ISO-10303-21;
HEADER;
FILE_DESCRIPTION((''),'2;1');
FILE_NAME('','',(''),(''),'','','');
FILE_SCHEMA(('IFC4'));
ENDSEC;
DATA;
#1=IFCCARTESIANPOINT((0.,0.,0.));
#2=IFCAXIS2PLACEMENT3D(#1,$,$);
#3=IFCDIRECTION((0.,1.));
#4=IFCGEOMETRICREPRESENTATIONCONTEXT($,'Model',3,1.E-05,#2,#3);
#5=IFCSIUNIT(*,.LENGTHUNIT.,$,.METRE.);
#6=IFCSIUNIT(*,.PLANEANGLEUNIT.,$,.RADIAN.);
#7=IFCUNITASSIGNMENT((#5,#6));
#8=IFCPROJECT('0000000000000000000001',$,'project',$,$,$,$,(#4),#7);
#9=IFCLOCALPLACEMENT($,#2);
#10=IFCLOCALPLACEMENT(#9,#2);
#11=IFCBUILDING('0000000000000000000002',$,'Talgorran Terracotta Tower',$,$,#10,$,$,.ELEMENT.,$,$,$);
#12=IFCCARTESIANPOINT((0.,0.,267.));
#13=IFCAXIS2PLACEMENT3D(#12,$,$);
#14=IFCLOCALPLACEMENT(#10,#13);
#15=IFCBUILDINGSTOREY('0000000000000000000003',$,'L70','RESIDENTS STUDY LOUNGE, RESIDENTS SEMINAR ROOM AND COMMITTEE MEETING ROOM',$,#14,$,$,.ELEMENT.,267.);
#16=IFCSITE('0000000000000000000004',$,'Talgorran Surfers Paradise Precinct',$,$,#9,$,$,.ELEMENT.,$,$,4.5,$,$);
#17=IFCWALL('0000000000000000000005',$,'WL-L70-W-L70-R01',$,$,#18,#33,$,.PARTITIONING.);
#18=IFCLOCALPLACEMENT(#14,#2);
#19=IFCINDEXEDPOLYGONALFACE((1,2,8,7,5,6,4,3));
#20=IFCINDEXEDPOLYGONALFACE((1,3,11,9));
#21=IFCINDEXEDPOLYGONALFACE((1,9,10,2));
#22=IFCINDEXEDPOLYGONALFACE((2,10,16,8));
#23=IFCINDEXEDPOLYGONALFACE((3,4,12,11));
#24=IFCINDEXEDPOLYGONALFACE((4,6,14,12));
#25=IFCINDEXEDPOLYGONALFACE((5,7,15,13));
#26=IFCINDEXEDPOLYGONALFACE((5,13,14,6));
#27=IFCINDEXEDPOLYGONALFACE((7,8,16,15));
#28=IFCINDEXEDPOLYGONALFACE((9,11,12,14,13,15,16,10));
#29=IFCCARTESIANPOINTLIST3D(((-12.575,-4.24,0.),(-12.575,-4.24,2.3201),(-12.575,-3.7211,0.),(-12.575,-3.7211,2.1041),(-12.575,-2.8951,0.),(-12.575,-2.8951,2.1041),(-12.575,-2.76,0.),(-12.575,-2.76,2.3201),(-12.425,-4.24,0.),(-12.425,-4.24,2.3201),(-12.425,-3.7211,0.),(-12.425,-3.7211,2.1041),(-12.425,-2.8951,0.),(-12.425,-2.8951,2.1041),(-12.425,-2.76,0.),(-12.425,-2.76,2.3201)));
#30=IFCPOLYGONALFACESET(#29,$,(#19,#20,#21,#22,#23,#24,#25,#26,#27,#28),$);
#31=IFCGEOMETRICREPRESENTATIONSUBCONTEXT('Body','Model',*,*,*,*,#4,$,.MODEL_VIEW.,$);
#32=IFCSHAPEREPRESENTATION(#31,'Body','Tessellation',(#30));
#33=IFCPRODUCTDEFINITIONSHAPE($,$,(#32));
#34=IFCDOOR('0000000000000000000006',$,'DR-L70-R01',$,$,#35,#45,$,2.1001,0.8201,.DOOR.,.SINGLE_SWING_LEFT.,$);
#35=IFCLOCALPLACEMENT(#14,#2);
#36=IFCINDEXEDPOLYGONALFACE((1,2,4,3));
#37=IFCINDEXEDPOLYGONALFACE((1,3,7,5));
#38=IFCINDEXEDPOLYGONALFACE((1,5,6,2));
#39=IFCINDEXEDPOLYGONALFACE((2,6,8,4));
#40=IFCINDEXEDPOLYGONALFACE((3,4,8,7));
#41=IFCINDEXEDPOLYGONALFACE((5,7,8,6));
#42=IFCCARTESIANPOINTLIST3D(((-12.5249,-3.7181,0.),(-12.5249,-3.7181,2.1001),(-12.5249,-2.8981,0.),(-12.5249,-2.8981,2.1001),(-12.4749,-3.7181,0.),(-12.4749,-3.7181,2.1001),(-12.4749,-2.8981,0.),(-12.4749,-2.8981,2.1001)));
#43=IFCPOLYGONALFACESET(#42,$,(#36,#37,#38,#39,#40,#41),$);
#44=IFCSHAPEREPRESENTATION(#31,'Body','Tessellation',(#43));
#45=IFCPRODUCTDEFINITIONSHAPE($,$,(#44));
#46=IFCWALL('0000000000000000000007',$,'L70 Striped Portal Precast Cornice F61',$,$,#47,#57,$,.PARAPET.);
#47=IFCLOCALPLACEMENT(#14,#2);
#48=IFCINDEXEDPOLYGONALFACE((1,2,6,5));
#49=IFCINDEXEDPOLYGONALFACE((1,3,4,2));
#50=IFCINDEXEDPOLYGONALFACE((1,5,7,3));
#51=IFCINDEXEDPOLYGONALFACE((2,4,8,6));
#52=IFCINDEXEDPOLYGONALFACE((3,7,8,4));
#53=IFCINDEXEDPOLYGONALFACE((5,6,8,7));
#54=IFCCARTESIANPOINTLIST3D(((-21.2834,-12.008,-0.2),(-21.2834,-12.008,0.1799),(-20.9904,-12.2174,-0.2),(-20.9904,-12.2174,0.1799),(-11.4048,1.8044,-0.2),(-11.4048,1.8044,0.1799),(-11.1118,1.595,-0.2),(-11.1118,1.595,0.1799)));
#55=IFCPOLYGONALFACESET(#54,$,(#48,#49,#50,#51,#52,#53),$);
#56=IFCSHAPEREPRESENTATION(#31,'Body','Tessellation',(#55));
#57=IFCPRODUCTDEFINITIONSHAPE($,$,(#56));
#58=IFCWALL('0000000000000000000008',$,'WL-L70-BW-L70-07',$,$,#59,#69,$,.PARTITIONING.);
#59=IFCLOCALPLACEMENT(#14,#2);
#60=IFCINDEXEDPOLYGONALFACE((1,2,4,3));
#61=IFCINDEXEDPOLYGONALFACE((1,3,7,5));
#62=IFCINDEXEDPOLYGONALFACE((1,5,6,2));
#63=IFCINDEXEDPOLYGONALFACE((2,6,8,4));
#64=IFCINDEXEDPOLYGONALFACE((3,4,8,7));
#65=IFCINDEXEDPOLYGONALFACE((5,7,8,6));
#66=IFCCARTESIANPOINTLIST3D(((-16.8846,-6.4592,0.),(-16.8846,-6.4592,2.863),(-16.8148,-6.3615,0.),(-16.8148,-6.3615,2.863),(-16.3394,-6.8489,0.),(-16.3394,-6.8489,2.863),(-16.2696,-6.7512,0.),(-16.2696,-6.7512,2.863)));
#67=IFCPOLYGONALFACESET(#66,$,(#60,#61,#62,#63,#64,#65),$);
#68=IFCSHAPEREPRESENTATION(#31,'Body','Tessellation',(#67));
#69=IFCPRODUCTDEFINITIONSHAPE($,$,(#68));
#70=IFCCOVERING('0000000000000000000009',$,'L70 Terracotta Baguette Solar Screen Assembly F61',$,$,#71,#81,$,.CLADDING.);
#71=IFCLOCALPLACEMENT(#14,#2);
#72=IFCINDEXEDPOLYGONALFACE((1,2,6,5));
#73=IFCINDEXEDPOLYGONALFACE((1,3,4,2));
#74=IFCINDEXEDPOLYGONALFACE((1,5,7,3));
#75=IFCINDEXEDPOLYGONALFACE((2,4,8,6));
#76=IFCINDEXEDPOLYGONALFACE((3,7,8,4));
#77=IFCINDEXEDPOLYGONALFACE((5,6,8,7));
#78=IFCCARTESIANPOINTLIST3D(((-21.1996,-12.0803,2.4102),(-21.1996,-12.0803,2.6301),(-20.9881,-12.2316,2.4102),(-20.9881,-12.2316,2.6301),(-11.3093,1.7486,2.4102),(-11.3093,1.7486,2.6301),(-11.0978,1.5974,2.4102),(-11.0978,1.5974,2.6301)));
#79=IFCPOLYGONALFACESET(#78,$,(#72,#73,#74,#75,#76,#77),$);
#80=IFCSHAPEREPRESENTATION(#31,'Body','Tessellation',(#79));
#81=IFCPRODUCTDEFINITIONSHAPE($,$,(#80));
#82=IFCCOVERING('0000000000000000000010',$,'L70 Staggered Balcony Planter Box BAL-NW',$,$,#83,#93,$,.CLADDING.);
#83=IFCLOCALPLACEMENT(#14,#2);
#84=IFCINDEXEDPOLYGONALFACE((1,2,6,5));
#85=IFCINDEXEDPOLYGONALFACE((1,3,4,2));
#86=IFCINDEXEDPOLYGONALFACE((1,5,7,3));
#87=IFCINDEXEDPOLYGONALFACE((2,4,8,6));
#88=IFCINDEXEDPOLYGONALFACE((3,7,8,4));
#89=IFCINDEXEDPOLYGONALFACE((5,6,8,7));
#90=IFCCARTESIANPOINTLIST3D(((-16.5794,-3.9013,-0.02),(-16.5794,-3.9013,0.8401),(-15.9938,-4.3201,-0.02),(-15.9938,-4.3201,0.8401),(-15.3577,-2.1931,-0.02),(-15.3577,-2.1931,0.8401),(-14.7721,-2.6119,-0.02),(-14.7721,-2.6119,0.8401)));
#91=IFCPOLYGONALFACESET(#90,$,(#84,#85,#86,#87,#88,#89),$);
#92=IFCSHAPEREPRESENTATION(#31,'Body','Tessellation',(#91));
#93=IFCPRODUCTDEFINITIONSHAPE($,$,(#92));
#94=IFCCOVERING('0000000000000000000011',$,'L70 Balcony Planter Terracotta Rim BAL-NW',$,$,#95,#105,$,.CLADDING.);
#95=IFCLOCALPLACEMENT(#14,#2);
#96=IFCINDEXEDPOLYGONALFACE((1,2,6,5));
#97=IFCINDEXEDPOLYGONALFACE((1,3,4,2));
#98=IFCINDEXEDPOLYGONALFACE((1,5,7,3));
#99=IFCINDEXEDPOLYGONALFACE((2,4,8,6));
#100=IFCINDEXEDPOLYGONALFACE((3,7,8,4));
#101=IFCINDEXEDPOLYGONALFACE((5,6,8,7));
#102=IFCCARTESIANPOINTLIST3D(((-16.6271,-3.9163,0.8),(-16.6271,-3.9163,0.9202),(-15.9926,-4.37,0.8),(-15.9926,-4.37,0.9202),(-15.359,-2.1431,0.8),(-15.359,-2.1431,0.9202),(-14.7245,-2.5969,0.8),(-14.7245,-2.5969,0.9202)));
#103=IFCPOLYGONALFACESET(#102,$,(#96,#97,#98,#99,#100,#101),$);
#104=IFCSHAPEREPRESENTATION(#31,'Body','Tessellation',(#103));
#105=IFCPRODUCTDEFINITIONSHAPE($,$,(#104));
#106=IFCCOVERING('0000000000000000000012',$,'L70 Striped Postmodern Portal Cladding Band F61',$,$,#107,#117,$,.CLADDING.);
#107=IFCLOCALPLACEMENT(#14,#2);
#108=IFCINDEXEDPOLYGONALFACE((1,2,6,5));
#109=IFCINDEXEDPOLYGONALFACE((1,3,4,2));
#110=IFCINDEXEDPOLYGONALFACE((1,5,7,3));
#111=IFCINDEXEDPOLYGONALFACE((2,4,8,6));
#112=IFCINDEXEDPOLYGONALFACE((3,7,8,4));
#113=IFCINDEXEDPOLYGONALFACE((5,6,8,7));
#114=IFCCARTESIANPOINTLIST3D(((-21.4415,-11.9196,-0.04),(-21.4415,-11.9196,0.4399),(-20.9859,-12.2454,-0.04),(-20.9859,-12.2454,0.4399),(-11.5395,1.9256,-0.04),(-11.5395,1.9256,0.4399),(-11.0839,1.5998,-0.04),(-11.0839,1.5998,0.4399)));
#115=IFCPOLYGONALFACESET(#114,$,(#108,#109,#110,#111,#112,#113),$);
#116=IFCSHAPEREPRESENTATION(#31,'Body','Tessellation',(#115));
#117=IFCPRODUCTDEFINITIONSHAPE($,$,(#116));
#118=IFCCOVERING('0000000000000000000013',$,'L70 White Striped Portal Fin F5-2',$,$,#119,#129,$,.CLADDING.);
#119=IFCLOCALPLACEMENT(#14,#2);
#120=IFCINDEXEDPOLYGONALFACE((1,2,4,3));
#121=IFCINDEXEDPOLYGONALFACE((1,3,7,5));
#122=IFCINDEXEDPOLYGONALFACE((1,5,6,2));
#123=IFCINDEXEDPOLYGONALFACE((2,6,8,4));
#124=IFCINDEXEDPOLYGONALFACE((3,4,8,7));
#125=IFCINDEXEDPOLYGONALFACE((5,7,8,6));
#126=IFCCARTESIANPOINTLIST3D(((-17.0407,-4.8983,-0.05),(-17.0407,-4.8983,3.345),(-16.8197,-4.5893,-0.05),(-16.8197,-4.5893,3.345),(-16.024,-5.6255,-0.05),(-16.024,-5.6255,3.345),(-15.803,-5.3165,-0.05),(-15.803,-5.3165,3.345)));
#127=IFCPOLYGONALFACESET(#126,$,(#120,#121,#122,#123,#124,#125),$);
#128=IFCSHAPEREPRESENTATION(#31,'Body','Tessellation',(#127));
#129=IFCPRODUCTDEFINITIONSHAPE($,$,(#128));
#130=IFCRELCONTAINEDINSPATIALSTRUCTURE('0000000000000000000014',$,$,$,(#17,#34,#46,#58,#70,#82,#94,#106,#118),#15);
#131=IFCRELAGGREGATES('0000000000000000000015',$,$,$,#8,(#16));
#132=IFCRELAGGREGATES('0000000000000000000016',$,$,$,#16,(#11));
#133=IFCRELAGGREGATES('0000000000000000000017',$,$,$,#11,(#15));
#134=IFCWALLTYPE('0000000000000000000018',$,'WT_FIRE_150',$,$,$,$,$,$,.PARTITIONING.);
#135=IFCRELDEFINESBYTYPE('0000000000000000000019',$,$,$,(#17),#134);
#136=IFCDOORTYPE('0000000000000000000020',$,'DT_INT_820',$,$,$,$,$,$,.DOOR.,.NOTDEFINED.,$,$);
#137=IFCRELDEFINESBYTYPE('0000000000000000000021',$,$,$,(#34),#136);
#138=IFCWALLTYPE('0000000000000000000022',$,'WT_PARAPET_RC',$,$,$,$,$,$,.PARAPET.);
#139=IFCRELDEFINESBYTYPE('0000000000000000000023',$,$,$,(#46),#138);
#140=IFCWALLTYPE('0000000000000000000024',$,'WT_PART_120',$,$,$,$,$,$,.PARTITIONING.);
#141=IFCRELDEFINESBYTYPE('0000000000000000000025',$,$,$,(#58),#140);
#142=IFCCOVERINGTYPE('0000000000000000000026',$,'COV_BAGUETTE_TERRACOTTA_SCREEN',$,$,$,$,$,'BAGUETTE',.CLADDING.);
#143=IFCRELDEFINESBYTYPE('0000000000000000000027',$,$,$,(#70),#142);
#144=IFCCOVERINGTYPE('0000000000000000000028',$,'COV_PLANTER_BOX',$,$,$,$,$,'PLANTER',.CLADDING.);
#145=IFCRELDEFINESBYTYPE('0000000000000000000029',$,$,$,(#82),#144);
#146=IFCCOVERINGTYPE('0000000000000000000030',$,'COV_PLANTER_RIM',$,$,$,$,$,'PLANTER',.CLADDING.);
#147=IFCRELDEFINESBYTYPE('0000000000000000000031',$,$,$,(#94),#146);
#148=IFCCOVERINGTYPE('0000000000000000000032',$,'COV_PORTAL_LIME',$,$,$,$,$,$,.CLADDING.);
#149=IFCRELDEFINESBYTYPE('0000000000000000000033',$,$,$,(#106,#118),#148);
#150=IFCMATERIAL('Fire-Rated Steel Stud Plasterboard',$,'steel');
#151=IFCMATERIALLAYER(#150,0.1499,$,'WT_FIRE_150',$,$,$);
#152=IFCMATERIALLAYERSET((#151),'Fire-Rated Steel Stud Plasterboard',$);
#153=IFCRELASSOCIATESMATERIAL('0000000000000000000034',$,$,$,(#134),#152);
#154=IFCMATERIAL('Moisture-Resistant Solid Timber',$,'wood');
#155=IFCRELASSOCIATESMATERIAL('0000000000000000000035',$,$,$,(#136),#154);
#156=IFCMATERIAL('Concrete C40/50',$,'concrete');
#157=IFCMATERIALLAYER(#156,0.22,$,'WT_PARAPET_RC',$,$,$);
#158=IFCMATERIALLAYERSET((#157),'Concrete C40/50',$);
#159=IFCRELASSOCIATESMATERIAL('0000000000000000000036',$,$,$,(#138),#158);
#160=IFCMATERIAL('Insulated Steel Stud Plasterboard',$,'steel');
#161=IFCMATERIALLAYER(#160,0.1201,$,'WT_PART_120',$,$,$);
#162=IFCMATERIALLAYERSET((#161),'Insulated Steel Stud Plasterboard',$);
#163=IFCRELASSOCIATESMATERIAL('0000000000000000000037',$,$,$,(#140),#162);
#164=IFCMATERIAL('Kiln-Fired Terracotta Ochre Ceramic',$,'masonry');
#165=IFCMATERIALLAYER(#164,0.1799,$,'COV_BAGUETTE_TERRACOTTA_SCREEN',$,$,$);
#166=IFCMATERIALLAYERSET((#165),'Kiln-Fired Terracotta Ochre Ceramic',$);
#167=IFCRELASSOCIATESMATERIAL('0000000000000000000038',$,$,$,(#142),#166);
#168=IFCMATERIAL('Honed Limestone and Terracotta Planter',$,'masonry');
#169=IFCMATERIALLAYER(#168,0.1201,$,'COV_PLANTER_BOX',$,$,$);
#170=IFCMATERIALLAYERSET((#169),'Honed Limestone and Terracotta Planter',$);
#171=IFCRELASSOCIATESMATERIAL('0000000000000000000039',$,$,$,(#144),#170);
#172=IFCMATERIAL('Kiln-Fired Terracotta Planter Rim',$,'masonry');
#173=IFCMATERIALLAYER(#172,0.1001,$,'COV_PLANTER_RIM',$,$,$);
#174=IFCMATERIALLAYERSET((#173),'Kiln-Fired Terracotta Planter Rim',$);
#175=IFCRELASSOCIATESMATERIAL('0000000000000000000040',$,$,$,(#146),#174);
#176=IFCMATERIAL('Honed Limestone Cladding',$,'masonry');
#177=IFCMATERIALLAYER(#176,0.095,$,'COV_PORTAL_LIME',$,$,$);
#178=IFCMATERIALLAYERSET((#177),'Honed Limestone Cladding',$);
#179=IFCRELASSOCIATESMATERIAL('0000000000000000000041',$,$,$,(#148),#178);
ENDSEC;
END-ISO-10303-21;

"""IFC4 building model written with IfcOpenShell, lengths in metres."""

from ifc_helpers import new_model, si_unit, direction, frame, frame_2d, origin, origin_2d, place, context, subcontext, project, spatial, rectangle, extrude, material, layer, layer_set, type_object, element, fill, save


model = new_model("IFC4")

# Units and contexts
model_context = context("Model", 3, precision=1e-05, world=origin(), true_north=direction((0.0, 1.0)))
body_context = subcontext(model_context, "Body", "Model", "MODEL_VIEW")
ifc_project = project(units=[si_unit("LENGTHUNIT", "METRE"), si_unit("PLANEANGLEUNIT", "RADIAN")], contexts=[model_context])

# Site, building, storey
site_placement = place(None, origin())
site = spatial("IfcSite", under=ifc_project, at=site_placement, Name="Talgorran Surfers Paradise Precinct", CompositionType="ELEMENT", RefElevation=4.5)
building_placement = place(site_placement, origin())
building = spatial("IfcBuilding", under=site, at=building_placement, Name="Talgorran Terracotta Tower", CompositionType="ELEMENT")
storey_placement = place(building_placement, frame((0.0, 0.0, 267.0)))
storey = spatial("IfcBuildingStorey", under=building, at=storey_placement, Name="L70", Description="RESIDENTS STUDY LOUNGE, RESIDENTS SEMINAR ROOM AND COMMITTEE MEETING ROOM", CompositionType="ELEMENT", Elevation=267.0)

# Wall, opening, door
ifc_material_1 = material(Name="Fire-Rated Steel Stud Plasterboard", Category="steel")
ifc_layer_1 = layer(ifc_material_1, 0.1499, Name="WT_FIRE_150")
ifc_layer_set_1 = layer_set([ifc_layer_1], Name="Fire-Rated Steel Stud Plasterboard")
wall_type_1 = type_object("IfcWallType", Name="WT_FIRE_150", PredefinedType="PARTITIONING", material=ifc_layer_set_1)
wall_1_placement = place(storey_placement, frame((-12.5, -4.24, 0.0), z_axis=(0.0, 0.0, 1.0), x_axis=(0.0, 1.0, 0.0)))
wall_1 = element("IfcWall", 1, at=wall_1_placement, inside=storey, type_object=wall_type_1, Name="WL-L70-W-L70-R01", PredefinedType="PARTITIONING", context=body_context, shape_type="SweptSolid", body=[
    extrude(rectangle(XDim=1.48, YDim=0.1499, at=frame_2d((0.74, 0.0))), origin(), (0.0, 0.0, 1.0), 2.3201),
])
opening_1_placement = place(wall_1_placement, frame((0.5217, 0.0, 0.0)))
opening_1 = element("IfcOpeningElement", 2, at=opening_1_placement, cuts=wall_1, PredefinedType="OPENING", context=body_context, shape_type="SweptSolid", body=[
    extrude(rectangle(XDim=0.8261, YDim=2.1041, at=frame_2d((0.4102, 1.052))), frame((0.0, 0.085, 0.0), z_axis=(0.0, -1.0, 0.0), x_axis=(1.0, 0.0, 0.0)), (0.0, 0.0, 1.0), 0.1699),
])
ifc_material_2 = material(Name="Moisture-Resistant Solid Timber", Category="wood")
door_type_1 = type_object("IfcDoorType", Name="DT_INT_820", OperationType="NOTDEFINED", PredefinedType="DOOR", material=ifc_material_2)
door_1_placement = place(opening_1_placement, origin())
door_1 = element("IfcDoor", 3, at=door_1_placement, inside=storey, type_object=door_type_1, Name="DR-L70-R01", OperationType="SINGLE_SWING_LEFT", OverallHeight=2.1001, OverallWidth=0.8201, PredefinedType="DOOR", context=body_context, shape_type="SweptSolid", body=[
    extrude(rectangle(XDim=0.8201, YDim=2.1001, at=frame_2d((0.4102, 1.05))), frame((0.0, 0.0249, 0.0), z_axis=(0.0, -1.0, 0.0), x_axis=(1.0, 0.0, 0.0)), (0.0, 0.0, 1.0), 0.05),
])
fill(opening_1, door_1)

# Walls
ifc_material_3 = material(Name="Concrete C40/50", Category="concrete")
ifc_layer_2 = layer(ifc_material_3, 0.22, Name="WT_PARAPET_RC")
ifc_layer_set_2 = layer_set([ifc_layer_2], Name="Concrete C40/50")
wall_type_2 = type_object("IfcWallType", Name="WT_PARAPET_RC", PredefinedType="PARAPET", material=ifc_layer_set_2)
wall_2_placement = place(storey_placement, frame((-11.2583, 1.6997, -0.2), z_axis=(0.0, 0.0, 1.0), x_axis=(-0.581729, -0.813383, 0.0)))
element("IfcWall", 4, at=wall_2_placement, inside=storey, type_object=wall_type_2, Name="L70 Striped Portal Precast Cornice F61", PredefinedType="PARAPET", context=body_context, shape_type="SweptSolid", body=[
    extrude(rectangle(XDim=16.9814, YDim=0.3601, at=frame_2d((8.4907, 0.0))), origin(), (0.0, 0.0, 1.0), 0.3799),
])
ifc_material_4 = material(Name="Insulated Steel Stud Plasterboard", Category="steel")
ifc_layer_3 = layer(ifc_material_4, 0.1201, Name="WT_PART_120")
ifc_layer_set_3 = layer_set([ifc_layer_3], Name="Insulated Steel Stud Plasterboard")
wall_type_3 = type_object("IfcWallType", Name="WT_PART_120", PredefinedType="PARTITIONING", material=ifc_layer_set_3)
wall_3_placement = place(storey_placement, frame((-16.8496, -6.4104, 0.0), z_axis=(0.0, 0.0, 1.0), x_axis=(0.813561, -0.581479, 0.0)))
element("IfcWall", 5, at=wall_3_placement, inside=storey, type_object=wall_type_3, Name="WL-L70-BW-L70-07", PredefinedType="PARTITIONING", context=body_context, shape_type="SweptSolid", body=[
    extrude(rectangle(XDim=0.6702, YDim=0.1201, at=frame_2d((0.335, 0.0))), origin(), (0.0, 0.0, 1.0), 2.863),
])

# Coverings
ifc_material_5 = material(Name="Kiln-Fired Terracotta Ochre Ceramic", Category="masonry")
ifc_layer_4 = layer(ifc_material_5, 0.1799, Name="COV_BAGUETTE_TERRACOTTA_SCREEN")
ifc_layer_set_4 = layer_set([ifc_layer_4], Name="Kiln-Fired Terracotta Ochre Ceramic")
covering_type_1 = type_object("IfcCoveringType", Name="COV_BAGUETTE_TERRACOTTA_SCREEN", ElementType="BAGUETTE", PredefinedType="CLADDING", material=ifc_layer_set_4)
covering_1_placement = place(storey_placement, frame((-16.1487, -5.2415, 2.4102), z_axis=(0.0, 0.0, 1.0), x_axis=(-0.581726, -0.813385, 0.0)))
element("IfcCovering", 6, at=covering_1_placement, inside=storey, type_object=covering_type_1, Name="L70 Terracotta Baguette Solar Screen Assembly F61", PredefinedType="CLADDING", context=body_context, shape_type="SweptSolid", body=[
    extrude(rectangle(XDim=17.0017, YDim=0.26, at=origin_2d()), origin(), (0.0, 0.0, 1.0), 0.22),
])
ifc_material_6 = material(Name="Honed Limestone and Terracotta Planter", Category="masonry")
ifc_layer_5 = layer(ifc_material_6, 0.1201, Name="COV_PLANTER_BOX")
ifc_layer_set_5 = layer_set([ifc_layer_5], Name="Honed Limestone and Terracotta Planter")
covering_type_2 = type_object("IfcCoveringType", Name="COV_PLANTER_BOX", ElementType="PLANTER", PredefinedType="CLADDING", material=ifc_layer_set_5)
covering_2_placement = place(storey_placement, frame((-15.6758, -3.2566, -0.02), z_axis=(0.0, 0.0, 1.0), x_axis=(-0.581726, -0.813385, 0.0)))
element("IfcCovering", 7, at=covering_2_placement, inside=storey, type_object=covering_type_2, Name="L70 Staggered Balcony Planter Box BAL-NW", PredefinedType="CLADDING", context=body_context, shape_type="SweptSolid", body=[
    extrude(rectangle(XDim=2.1001, YDim=0.72, at=origin_2d()), origin(), (0.0, 0.0, 1.0), 0.8601),
])
ifc_material_7 = material(Name="Kiln-Fired Terracotta Planter Rim", Category="masonry")
ifc_layer_6 = layer(ifc_material_7, 0.1001, Name="COV_PLANTER_RIM")
ifc_layer_set_6 = layer_set([ifc_layer_6], Name="Kiln-Fired Terracotta Planter Rim")
covering_type_3 = type_object("IfcCoveringType", Name="COV_PLANTER_RIM", ElementType="PLANTER", PredefinedType="CLADDING", material=ifc_layer_set_6)
covering_3_placement = place(storey_placement, frame((-15.6758, -3.2566, 0.8), z_axis=(0.0, 0.0, 1.0), x_axis=(-0.581726, -0.813385, 0.0)))
element("IfcCovering", 8, at=covering_3_placement, inside=storey, type_object=covering_type_3, Name="L70 Balcony Planter Terracotta Rim BAL-NW", PredefinedType="CLADDING", context=body_context, shape_type="SweptSolid", body=[
    extrude(rectangle(XDim=2.1799, YDim=0.78, at=origin_2d()), origin(), (0.0, 0.0, 1.0), 0.1201),
])
ifc_material_8 = material(Name="Honed Limestone Cladding", Category="masonry")
ifc_layer_7 = layer(ifc_material_8, 0.095, Name="COV_PORTAL_LIME")
ifc_layer_set_7 = layer_set([ifc_layer_7], Name="Honed Limestone Cladding")
covering_type_4 = type_object("IfcCoveringType", Name="COV_PORTAL_LIME", PredefinedType="CLADDING", material=ifc_layer_set_7)
covering_4_placement = place(storey_placement, frame((-16.2627, -5.1599, -0.04), z_axis=(0.0, 0.0, 1.0), x_axis=(-0.581726, -0.813385, 0.0)))
element("IfcCovering", 9, at=covering_4_placement, inside=storey, type_object=covering_type_4, Name="L70 Striped Postmodern Portal Cladding Band F61", PredefinedType="CLADDING", context=body_context, shape_type="SweptSolid", body=[
    extrude(rectangle(XDim=17.0217, YDim=0.5601, at=origin_2d()), origin(), (0.0, 0.0, 1.0), 0.48),
])
covering_5_placement = place(storey_placement, frame((-16.4219, -5.1074, -0.05), z_axis=(0.0, 0.0, 1.0), x_axis=(-0.581726, -0.813385, 0.0)))
element("IfcCovering", 10, at=covering_5_placement, inside=storey, type_object=covering_type_4, Name="L70 White Striped Portal Fin F5-2", PredefinedType="CLADDING", context=body_context, shape_type="SweptSolid", body=[
    extrude(rectangle(XDim=0.3799, YDim=1.25, at=origin_2d()), origin(), (0.0, 0.0, 1.0), 3.395),
])

save(model, "model.ifc")
